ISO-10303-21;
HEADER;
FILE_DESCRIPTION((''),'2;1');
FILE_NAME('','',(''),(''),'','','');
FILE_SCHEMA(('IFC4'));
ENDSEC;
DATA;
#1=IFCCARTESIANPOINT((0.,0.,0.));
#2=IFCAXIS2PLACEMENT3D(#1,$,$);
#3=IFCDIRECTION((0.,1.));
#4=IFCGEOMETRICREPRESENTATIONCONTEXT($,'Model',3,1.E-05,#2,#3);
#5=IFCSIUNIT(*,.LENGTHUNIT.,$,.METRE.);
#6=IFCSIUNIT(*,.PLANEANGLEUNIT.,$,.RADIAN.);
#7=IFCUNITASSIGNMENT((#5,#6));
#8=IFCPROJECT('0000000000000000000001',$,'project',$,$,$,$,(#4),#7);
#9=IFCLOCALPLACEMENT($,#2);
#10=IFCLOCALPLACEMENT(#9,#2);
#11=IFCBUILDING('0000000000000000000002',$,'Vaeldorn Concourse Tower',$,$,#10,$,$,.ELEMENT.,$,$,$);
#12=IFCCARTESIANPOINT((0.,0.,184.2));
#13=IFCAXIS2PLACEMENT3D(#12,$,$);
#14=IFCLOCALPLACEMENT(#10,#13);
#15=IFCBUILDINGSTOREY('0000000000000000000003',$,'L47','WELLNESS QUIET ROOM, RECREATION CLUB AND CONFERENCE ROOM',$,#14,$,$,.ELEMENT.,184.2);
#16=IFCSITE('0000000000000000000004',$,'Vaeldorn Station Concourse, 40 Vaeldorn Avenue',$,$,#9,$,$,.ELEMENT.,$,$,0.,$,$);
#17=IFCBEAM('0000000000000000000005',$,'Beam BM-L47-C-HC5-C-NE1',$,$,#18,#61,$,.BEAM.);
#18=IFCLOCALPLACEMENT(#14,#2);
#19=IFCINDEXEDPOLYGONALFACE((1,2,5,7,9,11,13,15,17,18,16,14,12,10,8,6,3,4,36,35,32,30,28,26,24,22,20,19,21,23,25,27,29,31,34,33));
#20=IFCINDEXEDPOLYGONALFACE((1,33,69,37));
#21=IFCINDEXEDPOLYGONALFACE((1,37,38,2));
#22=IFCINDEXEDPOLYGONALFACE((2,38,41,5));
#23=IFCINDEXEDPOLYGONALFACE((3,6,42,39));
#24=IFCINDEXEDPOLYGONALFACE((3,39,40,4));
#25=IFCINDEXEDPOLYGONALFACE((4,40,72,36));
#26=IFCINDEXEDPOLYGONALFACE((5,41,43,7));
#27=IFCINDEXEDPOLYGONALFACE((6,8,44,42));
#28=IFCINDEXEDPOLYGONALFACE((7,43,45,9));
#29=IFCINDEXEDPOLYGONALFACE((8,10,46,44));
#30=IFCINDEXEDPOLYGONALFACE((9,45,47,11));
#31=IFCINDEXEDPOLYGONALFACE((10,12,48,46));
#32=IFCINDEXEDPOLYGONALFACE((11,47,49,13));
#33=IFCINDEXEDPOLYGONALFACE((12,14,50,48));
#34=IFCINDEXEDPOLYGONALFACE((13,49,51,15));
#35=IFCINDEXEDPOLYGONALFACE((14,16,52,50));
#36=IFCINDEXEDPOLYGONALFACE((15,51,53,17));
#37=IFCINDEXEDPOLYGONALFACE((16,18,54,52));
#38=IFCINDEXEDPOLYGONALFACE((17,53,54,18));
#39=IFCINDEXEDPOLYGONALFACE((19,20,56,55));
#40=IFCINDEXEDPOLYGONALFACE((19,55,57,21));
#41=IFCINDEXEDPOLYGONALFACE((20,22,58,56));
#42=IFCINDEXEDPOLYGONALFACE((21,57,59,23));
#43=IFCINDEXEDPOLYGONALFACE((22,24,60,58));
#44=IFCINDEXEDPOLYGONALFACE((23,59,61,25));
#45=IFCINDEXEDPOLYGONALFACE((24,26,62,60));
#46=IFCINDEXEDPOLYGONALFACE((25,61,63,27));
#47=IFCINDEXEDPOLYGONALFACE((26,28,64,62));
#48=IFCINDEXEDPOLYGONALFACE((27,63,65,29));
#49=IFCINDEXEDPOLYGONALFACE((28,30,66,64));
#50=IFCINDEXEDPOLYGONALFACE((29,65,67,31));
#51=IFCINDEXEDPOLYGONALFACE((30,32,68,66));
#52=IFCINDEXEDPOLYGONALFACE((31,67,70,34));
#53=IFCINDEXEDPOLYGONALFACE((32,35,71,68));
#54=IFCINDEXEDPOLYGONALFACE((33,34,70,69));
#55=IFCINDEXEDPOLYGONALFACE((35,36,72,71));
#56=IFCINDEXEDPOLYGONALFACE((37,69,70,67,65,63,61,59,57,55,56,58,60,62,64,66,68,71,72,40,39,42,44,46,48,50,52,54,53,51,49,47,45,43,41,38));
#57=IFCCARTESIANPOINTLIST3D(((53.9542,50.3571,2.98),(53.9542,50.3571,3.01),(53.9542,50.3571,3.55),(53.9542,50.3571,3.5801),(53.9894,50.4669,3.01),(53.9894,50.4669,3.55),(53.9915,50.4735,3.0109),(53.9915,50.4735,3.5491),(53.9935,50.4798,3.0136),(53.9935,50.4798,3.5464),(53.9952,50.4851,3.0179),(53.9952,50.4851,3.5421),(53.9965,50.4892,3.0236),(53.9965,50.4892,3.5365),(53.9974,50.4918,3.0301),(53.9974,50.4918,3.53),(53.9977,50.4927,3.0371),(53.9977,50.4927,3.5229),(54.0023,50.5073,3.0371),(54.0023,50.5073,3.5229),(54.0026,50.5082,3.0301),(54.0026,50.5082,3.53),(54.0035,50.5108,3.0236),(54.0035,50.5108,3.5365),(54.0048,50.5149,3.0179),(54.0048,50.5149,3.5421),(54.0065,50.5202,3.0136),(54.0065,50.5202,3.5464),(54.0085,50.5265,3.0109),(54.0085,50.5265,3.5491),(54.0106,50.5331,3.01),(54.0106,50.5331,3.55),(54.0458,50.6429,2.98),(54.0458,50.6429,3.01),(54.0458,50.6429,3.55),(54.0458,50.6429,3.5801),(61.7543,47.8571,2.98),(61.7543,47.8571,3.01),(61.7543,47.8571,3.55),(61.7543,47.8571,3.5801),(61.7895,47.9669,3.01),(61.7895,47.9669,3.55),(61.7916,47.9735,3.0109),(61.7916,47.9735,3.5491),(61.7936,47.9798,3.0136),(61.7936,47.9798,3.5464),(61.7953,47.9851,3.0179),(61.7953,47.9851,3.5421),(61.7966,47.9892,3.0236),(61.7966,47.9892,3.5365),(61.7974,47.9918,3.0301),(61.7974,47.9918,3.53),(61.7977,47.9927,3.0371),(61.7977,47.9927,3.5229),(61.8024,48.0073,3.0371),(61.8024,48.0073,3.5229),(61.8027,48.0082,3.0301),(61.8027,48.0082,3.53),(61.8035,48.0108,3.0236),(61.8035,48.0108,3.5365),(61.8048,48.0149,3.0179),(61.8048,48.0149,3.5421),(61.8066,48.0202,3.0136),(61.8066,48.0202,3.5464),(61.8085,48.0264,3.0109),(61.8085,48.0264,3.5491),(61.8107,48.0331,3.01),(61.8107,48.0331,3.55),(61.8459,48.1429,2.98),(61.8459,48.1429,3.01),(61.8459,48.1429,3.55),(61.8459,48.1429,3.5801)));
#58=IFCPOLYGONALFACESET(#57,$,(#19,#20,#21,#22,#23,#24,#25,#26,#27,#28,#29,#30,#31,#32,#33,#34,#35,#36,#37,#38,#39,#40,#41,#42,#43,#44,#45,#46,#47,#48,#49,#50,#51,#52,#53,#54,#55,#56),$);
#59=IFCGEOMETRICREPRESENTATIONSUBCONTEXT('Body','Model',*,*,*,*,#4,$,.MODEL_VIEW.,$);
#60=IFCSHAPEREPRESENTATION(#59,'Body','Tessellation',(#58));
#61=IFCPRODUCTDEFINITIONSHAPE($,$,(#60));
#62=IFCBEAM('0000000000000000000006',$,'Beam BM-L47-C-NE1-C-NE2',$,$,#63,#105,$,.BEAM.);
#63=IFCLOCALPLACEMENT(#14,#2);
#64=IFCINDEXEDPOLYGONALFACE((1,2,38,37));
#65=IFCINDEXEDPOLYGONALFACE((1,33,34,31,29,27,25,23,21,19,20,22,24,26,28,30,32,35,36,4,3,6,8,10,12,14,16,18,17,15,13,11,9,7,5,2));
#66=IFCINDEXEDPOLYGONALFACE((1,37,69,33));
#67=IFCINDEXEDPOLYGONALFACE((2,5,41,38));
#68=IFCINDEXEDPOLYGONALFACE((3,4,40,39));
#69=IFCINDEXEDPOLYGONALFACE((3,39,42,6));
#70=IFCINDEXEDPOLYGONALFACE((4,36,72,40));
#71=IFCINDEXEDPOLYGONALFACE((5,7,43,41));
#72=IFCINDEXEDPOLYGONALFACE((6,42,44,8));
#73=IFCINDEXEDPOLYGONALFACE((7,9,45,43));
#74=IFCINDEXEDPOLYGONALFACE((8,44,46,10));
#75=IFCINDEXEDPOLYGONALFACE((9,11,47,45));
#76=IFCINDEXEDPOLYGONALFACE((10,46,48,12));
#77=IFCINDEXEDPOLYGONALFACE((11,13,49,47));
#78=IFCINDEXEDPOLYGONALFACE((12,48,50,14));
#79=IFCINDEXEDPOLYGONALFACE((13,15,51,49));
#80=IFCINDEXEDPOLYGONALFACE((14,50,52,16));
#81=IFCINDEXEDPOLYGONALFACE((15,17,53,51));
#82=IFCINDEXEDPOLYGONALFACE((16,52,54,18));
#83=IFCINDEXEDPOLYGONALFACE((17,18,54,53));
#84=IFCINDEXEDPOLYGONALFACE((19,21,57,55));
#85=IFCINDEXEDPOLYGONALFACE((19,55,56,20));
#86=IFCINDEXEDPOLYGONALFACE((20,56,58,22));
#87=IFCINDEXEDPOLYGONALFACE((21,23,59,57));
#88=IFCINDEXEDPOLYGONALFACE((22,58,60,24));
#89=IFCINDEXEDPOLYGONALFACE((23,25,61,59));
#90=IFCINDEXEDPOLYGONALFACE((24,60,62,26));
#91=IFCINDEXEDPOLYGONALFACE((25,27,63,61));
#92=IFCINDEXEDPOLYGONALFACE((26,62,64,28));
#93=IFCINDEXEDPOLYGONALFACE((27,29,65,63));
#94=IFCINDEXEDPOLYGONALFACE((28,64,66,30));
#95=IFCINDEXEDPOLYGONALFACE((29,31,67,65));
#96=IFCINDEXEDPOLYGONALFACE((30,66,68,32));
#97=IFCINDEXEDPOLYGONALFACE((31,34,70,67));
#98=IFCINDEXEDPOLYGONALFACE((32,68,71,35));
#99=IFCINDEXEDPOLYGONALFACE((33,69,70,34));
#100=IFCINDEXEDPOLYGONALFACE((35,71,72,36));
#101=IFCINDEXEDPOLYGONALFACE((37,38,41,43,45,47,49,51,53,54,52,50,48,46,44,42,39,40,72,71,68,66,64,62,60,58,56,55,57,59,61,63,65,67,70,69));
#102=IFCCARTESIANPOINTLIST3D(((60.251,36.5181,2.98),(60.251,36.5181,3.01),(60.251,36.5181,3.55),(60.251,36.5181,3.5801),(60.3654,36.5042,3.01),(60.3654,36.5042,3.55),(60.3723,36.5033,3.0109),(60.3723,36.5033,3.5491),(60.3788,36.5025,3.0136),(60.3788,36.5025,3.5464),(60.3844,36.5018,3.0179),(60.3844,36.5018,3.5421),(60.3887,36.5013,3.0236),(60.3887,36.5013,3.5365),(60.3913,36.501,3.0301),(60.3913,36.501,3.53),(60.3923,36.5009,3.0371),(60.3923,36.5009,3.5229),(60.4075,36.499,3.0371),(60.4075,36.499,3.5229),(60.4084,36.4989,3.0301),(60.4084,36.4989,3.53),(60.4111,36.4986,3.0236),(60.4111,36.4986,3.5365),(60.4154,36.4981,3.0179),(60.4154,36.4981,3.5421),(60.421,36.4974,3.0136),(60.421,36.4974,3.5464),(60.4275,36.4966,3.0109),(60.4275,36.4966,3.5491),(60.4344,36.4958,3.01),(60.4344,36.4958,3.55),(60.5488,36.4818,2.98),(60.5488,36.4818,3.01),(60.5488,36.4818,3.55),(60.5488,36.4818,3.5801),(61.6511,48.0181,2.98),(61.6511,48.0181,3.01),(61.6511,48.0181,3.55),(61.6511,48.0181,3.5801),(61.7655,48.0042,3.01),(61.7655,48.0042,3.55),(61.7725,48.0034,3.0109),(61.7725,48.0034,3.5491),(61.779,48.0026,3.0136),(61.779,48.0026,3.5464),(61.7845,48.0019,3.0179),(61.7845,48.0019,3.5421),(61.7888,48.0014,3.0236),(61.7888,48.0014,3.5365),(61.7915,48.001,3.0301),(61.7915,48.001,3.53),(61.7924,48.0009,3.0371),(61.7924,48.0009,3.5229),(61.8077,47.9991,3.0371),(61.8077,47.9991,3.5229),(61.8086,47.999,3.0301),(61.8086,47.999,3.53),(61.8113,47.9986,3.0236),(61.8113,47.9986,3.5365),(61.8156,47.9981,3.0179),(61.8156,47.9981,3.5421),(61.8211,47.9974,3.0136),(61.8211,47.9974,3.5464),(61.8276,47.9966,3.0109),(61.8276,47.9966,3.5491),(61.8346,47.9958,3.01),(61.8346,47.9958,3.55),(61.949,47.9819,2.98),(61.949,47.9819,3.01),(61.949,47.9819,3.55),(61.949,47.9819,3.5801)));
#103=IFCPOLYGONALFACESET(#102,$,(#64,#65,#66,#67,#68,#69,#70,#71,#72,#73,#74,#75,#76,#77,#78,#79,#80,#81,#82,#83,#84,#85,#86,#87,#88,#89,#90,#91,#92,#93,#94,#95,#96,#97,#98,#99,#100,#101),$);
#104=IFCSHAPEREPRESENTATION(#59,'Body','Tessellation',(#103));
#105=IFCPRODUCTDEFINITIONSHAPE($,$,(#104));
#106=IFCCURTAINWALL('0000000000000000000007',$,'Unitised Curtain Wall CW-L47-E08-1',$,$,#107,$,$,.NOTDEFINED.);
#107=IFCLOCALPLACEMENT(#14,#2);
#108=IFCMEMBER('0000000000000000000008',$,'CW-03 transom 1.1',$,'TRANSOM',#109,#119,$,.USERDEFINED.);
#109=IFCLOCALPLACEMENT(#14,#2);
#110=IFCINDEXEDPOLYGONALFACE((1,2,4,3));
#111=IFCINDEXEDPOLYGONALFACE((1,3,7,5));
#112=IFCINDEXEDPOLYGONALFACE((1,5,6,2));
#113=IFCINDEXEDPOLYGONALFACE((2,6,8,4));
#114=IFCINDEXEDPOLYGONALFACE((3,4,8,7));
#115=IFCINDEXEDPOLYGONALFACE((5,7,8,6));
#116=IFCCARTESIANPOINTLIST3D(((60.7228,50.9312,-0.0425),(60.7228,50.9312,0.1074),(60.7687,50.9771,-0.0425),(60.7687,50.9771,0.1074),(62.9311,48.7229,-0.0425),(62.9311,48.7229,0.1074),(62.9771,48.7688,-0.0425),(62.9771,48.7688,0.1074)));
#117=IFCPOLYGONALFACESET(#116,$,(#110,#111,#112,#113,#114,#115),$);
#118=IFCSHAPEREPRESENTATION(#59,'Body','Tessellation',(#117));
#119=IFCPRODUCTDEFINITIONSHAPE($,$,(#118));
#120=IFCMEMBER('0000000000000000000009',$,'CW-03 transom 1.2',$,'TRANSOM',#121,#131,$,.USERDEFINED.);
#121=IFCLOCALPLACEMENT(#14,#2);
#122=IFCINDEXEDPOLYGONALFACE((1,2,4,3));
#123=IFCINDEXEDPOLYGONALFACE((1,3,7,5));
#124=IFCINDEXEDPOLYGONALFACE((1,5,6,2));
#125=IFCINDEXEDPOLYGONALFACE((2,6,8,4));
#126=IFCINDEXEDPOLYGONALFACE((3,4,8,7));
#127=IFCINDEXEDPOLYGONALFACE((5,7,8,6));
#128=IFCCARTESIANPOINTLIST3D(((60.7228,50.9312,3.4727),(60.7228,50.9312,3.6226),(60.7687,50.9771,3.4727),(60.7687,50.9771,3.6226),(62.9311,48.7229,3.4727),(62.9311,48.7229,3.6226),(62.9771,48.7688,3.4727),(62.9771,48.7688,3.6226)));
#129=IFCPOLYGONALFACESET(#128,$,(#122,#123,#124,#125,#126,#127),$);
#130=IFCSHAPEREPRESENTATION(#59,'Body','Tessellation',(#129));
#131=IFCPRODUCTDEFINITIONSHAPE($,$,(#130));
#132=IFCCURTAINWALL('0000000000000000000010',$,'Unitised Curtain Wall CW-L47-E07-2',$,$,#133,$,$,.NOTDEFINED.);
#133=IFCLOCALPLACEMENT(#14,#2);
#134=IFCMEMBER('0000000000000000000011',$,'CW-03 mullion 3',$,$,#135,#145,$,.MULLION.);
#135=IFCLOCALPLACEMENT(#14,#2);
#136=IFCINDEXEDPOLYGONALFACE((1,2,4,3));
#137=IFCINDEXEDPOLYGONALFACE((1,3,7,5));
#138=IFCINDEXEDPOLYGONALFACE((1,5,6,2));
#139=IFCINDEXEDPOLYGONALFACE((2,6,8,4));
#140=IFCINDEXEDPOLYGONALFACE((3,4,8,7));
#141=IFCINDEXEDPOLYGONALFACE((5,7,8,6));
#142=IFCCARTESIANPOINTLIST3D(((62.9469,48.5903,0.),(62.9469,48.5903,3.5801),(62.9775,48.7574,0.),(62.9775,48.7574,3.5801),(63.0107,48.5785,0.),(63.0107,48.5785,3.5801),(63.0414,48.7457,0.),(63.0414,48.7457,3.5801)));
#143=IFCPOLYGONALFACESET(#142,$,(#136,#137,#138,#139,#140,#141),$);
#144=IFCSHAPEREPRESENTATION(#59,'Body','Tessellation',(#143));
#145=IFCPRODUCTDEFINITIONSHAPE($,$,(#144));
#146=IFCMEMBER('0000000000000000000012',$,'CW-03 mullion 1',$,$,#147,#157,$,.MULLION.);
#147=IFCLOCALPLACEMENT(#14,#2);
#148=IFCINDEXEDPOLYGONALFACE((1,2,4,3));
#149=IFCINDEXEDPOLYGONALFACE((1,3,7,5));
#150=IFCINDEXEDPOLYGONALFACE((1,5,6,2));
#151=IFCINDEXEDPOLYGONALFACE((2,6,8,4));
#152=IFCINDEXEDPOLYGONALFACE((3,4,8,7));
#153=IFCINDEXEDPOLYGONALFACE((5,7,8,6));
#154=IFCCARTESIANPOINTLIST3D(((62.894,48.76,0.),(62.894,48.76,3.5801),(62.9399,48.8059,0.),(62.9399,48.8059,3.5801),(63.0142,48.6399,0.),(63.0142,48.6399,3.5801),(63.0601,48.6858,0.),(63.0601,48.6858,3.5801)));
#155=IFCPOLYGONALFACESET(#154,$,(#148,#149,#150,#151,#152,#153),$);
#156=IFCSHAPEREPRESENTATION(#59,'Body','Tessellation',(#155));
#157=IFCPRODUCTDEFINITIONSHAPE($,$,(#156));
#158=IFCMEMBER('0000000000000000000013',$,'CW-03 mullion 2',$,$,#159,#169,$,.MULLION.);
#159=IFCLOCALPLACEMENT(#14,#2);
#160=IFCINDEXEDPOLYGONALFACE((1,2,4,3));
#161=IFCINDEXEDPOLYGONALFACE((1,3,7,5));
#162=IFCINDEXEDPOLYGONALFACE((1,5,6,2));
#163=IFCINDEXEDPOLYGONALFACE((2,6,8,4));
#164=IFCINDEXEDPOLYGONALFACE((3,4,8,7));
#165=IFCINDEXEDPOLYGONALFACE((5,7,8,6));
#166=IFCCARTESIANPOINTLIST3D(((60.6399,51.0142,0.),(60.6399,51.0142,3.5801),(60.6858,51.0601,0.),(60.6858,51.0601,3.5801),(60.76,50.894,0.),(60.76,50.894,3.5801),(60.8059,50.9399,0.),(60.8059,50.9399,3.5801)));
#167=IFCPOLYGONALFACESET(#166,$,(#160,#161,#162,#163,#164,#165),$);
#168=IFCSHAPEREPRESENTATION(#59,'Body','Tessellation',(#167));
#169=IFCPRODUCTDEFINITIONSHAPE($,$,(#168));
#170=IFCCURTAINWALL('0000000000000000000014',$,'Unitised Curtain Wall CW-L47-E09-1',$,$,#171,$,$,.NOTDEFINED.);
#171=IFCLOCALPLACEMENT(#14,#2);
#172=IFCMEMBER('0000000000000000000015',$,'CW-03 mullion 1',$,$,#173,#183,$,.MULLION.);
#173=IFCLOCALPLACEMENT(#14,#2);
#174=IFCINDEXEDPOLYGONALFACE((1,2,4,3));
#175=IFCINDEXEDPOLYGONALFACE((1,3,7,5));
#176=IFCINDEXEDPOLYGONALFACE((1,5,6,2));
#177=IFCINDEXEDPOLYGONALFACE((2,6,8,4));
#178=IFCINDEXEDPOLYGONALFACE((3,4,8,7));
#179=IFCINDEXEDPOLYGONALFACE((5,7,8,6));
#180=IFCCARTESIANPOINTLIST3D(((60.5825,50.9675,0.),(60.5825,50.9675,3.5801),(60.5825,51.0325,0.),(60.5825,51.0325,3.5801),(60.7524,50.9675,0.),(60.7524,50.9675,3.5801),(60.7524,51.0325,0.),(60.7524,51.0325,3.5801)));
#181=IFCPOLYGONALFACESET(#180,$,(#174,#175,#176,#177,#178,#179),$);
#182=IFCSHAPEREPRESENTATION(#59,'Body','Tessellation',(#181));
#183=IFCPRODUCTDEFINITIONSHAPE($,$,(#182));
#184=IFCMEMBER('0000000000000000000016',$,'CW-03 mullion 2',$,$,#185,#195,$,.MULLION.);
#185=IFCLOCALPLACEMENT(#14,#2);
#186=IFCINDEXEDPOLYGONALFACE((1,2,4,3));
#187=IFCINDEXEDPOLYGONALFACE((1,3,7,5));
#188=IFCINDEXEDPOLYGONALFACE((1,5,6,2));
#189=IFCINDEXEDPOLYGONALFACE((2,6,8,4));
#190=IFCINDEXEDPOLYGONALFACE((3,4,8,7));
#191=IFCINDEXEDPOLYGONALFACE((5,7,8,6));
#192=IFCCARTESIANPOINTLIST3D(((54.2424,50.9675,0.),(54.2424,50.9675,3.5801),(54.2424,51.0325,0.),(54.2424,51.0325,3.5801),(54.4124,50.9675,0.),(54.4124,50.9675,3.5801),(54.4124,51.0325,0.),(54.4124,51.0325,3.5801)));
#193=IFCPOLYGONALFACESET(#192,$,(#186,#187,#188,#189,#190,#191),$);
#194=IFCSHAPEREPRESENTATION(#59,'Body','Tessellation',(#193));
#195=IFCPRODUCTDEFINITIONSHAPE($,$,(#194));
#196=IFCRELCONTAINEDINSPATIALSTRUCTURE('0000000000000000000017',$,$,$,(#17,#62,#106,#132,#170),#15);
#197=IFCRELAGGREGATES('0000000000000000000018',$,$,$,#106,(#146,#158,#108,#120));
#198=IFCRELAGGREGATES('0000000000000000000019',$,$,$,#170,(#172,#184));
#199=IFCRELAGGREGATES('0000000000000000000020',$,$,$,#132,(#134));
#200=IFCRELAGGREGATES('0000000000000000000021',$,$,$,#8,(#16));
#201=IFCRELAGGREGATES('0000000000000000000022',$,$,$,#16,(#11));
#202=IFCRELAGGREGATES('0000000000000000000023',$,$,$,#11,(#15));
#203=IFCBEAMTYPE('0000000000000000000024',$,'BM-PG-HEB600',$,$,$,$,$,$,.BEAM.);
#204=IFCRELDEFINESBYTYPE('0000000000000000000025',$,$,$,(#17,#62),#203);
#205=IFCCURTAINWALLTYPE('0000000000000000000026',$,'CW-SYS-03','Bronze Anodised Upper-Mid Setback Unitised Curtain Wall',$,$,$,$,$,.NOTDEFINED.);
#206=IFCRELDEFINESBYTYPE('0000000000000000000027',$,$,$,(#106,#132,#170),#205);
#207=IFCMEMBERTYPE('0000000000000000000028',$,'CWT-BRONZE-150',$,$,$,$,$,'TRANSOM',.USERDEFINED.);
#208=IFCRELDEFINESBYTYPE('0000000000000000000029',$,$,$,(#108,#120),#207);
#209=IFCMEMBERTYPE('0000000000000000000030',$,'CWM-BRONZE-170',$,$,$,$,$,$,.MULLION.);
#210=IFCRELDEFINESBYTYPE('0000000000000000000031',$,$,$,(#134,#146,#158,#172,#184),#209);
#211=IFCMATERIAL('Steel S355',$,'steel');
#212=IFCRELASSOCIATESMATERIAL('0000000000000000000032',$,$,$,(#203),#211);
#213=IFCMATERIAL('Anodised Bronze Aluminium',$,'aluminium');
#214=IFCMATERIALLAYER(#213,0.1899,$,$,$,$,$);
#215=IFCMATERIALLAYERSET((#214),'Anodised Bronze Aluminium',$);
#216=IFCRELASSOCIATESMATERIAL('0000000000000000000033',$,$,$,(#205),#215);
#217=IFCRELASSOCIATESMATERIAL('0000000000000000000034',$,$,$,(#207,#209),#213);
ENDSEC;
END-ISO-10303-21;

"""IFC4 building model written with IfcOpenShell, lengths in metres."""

from ifc_helpers import new_model, si_unit, direction, frame, origin, origin_2d, place, context, subcontext, project, spatial, rectangle, i_section, extrude, source, transform, mapped, material, layer, layer_set, material_profile, profile_set, type_object, element, aggregate, save


model = new_model("IFC4")

# Units and contexts
model_context = context("Model", 3, precision=1e-05, world=origin(), true_north=direction((0.0, 1.0)))
body_context = subcontext(model_context, "Body", "Model", "MODEL_VIEW")
ifc_project = project(units=[si_unit("LENGTHUNIT", "METRE"), si_unit("PLANEANGLEUNIT", "RADIAN")], contexts=[model_context])

# Site, building, storey
site_placement = place(None, origin())
site = spatial("IfcSite", under=ifc_project, at=site_placement, Name="Vaeldorn Station Concourse, 40 Vaeldorn Avenue", CompositionType="ELEMENT", RefElevation=0.0)
building_placement = place(site_placement, origin())
building = spatial("IfcBuilding", under=site, at=building_placement, Name="Vaeldorn Concourse Tower", CompositionType="ELEMENT")
storey_placement = place(building_placement, frame((0.0, 0.0, 184.2)))
storey = spatial("IfcBuildingStorey", under=building, at=storey_placement, Name="L47", Description="WELLNESS QUIET ROOM, RECREATION CLUB AND CONFERENCE ROOM", CompositionType="ELEMENT", Elevation=184.2)

# Beams
ifc_material_1 = material(Name="Steel S355", Category="steel")
ifc_material_profile_1 = material_profile(ifc_material_1, i_section(OverallWidth=0.3, OverallDepth=0.6001, WebThickness=0.0154, FlangeThickness=0.03, FilletRadius=0.0271, at=origin_2d()), Name="HEB 600")
ifc_profile_set_1 = profile_set([ifc_material_profile_1], Name="Steel S355")
beam_type_1 = type_object("IfcBeamType", Name="BM-PG-HEB600", PredefinedType="BEAM", material=ifc_profile_set_1)
shared_shape_1 = source(origin(), body_context, "Body", "SweptSolid", [
    extrude(i_section(OverallWidth=0.3, OverallDepth=0.6001, WebThickness=0.0154, FlangeThickness=0.03, FilletRadius=0.0271, at=origin_2d()), origin(), (0.0, 0.0, 1.0), 8.1909),
])
beam_1_placement = place(storey_placement, frame((54.0, 50.5, 3.28), z_axis=(0.952283, -0.305217, 0.0), x_axis=(0.305217, 0.952283, 0.0)))
element("IfcBeam", 1, at=beam_1_placement, inside=storey, type_object=beam_type_1, Name="Beam BM-L47-C-HC5-C-NE1", PredefinedType="BEAM", context=body_context, shape_type="MappedRepresentation", body=[
    mapped(shared_shape_1, transform((0.0, 0.0, 0.0), scale=1.0)),
])
shared_shape_2 = source(origin(), body_context, "Body", "SweptSolid", [
    extrude(i_section(OverallWidth=0.3, OverallDepth=0.6001, WebThickness=0.0154, FlangeThickness=0.03, FilletRadius=0.0271, at=origin_2d()), origin(), (0.0, 0.0, 1.0), 11.585),
])
beam_2_placement = place(storey_placement, frame((61.8, 48.0, 3.28), z_axis=(-0.120859, -0.99267, 0.0), x_axis=(0.99267, -0.120859, 0.0)))
element("IfcBeam", 2, at=beam_2_placement, inside=storey, type_object=beam_type_1, Name="Beam BM-L47-C-NE1-C-NE2", PredefinedType="BEAM", context=body_context, shape_type="MappedRepresentation", body=[
    mapped(shared_shape_2, transform((0.0, 0.0, 0.0), scale=1.0)),
])

# Curtain wall, members
ifc_material_2 = material(Name="Anodised Bronze Aluminium", Category="aluminium")
ifc_layer_1 = layer(ifc_material_2, 0.1899)
ifc_layer_set_1 = layer_set([ifc_layer_1], Name="Anodised Bronze Aluminium")
curtain_wall_type = type_object("IfcCurtainWallType", Name="CW-SYS-03", Description="Bronze Anodised Upper-Mid Setback Unitised Curtain Wall", PredefinedType="NOTDEFINED", material=ifc_layer_set_1)
curtain_wall_1_placement = place(storey_placement, origin())
curtain_wall_1 = element("IfcCurtainWall", 3, at=curtain_wall_1_placement, inside=storey, type_object=curtain_wall_type, Name="Unitised Curtain Wall CW-L47-E08-1", PredefinedType="NOTDEFINED")
ifc_material_profile_2 = material_profile(ifc_material_2, rectangle(XDim=0.0649, YDim=0.1499, at=origin_2d()), Name="CWT 65x150")
ifc_profile_set_2 = profile_set([ifc_material_profile_2], Name="Anodised Bronze Aluminium")
member_type_1 = type_object("IfcMemberType", Name="CWT-BRONZE-150", ElementType="TRANSOM", PredefinedType="USERDEFINED", material=ifc_profile_set_2)
shared_shape_3 = source(origin(), body_context, "Body", "SweptSolid", [
    extrude(rectangle(XDim=0.0649, YDim=0.1499, at=origin_2d()), origin(), (0.0, 0.0, 1.0), 3.123),
])
member_1_placement = place(storey_placement, frame((62.9541, 48.7458, 0.0325), z_axis=(-0.707107, 0.707107, 0.0), x_axis=(-0.707107, -0.707107, 0.0)))
member_1 = element("IfcMember", 4, at=member_1_placement, type_object=member_type_1, Name="CW-03 transom 1.1", ObjectType="TRANSOM", PredefinedType="USERDEFINED", context=body_context, shape_type="MappedRepresentation", body=[
    mapped(shared_shape_3, transform((0.0, 0.0, 0.0), scale=1.0)),
])
member_2_placement = place(storey_placement, frame((62.9541, 48.7458, 3.5476), z_axis=(-0.707107, 0.707107, 0.0), x_axis=(-0.707107, -0.707107, 0.0)))
member_2 = element("IfcMember", 5, at=member_2_placement, type_object=member_type_1, Name="CW-03 transom 1.2", ObjectType="TRANSOM", PredefinedType="USERDEFINED", context=body_context, shape_type="MappedRepresentation", body=[
    mapped(shared_shape_3, transform((0.0, 0.0, 0.0), scale=1.0)),
])

# Curtain wall, member
curtain_wall_2_placement = place(storey_placement, origin())
curtain_wall_2 = element("IfcCurtainWall", 6, at=curtain_wall_2_placement, inside=storey, type_object=curtain_wall_type, Name="Unitised Curtain Wall CW-L47-E07-2", PredefinedType="NOTDEFINED")
ifc_material_profile_3 = material_profile(ifc_material_2, rectangle(XDim=0.0649, YDim=0.1699, at=origin_2d()), Name="CWM 65x170")
ifc_profile_set_3 = profile_set([ifc_material_profile_3], Name="Anodised Bronze Aluminium")
member_type_2 = type_object("IfcMemberType", Name="CWM-BRONZE-170", PredefinedType="MULLION", material=ifc_profile_set_3)
shared_shape_4 = source(origin(), body_context, "Body", "SweptSolid", [
    extrude(rectangle(XDim=0.0649, YDim=0.1699, at=origin_2d()), origin(), (0.0, 0.0, 1.0), 3.5801),
])
member_3_placement = place(storey_placement, frame((62.9941, 48.668, 0.0), z_axis=(0.0, 0.0, 1.0), x_axis=(-0.983559, 0.180585, 0.0)))
member_3 = element("IfcMember", 7, at=member_3_placement, type_object=member_type_2, Name="CW-03 mullion 3", PredefinedType="MULLION", context=body_context, shape_type="MappedRepresentation", body=[
    mapped(shared_shape_4, transform((0.0, 0.0, 0.0), scale=1.0)),
])

# Members
member_4_placement = place(storey_placement, frame((62.9771, 48.7229, 0.0), z_axis=(0.0, 0.0, 1.0), x_axis=(-0.707107, -0.707107, 0.0)))
member_4 = element("IfcMember", 8, at=member_4_placement, type_object=member_type_2, Name="CW-03 mullion 1", PredefinedType="MULLION", context=body_context, shape_type="MappedRepresentation", body=[
    mapped(shared_shape_4, transform((0.0, 0.0, 0.0), scale=1.0)),
])
member_5_placement = place(storey_placement, frame((60.7229, 50.9771, 0.0), z_axis=(0.0, 0.0, 1.0), x_axis=(-0.707107, -0.707107, 0.0)))
member_5 = element("IfcMember", 9, at=member_5_placement, type_object=member_type_2, Name="CW-03 mullion 2", PredefinedType="MULLION", context=body_context, shape_type="MappedRepresentation", body=[
    mapped(shared_shape_4, transform((0.0, 0.0, 0.0), scale=1.0)),
])

# Curtain wall, members
curtain_wall_3_placement = place(storey_placement, origin())
curtain_wall_3 = element("IfcCurtainWall", 10, at=curtain_wall_3_placement, inside=storey, type_object=curtain_wall_type, Name="Unitised Curtain Wall CW-L47-E09-1", PredefinedType="NOTDEFINED")
member_6_placement = place(storey_placement, frame((60.6675, 51.0, 0.0), z_axis=(0.0, 0.0, 1.0), x_axis=(0.0, -1.0, 0.0)))
member_6 = element("IfcMember", 11, at=member_6_placement, type_object=member_type_2, Name="CW-03 mullion 1", PredefinedType="MULLION", context=body_context, shape_type="MappedRepresentation", body=[
    mapped(shared_shape_4, transform((0.0, 0.0, 0.0), scale=1.0)),
])
member_7_placement = place(storey_placement, frame((54.3274, 51.0, 0.0), z_axis=(0.0, 0.0, 1.0), x_axis=(0.0, -1.0, 0.0)))
member_7 = element("IfcMember", 12, at=member_7_placement, type_object=member_type_2, Name="CW-03 mullion 2", PredefinedType="MULLION", context=body_context, shape_type="MappedRepresentation", body=[
    mapped(shared_shape_4, transform((0.0, 0.0, 0.0), scale=1.0)),
])

aggregate(curtain_wall_1, [member_4, member_5, member_1, member_2])
aggregate(curtain_wall_3, [member_6, member_7])
aggregate(curtain_wall_2, [member_3])

save(model, "model.ifc")
